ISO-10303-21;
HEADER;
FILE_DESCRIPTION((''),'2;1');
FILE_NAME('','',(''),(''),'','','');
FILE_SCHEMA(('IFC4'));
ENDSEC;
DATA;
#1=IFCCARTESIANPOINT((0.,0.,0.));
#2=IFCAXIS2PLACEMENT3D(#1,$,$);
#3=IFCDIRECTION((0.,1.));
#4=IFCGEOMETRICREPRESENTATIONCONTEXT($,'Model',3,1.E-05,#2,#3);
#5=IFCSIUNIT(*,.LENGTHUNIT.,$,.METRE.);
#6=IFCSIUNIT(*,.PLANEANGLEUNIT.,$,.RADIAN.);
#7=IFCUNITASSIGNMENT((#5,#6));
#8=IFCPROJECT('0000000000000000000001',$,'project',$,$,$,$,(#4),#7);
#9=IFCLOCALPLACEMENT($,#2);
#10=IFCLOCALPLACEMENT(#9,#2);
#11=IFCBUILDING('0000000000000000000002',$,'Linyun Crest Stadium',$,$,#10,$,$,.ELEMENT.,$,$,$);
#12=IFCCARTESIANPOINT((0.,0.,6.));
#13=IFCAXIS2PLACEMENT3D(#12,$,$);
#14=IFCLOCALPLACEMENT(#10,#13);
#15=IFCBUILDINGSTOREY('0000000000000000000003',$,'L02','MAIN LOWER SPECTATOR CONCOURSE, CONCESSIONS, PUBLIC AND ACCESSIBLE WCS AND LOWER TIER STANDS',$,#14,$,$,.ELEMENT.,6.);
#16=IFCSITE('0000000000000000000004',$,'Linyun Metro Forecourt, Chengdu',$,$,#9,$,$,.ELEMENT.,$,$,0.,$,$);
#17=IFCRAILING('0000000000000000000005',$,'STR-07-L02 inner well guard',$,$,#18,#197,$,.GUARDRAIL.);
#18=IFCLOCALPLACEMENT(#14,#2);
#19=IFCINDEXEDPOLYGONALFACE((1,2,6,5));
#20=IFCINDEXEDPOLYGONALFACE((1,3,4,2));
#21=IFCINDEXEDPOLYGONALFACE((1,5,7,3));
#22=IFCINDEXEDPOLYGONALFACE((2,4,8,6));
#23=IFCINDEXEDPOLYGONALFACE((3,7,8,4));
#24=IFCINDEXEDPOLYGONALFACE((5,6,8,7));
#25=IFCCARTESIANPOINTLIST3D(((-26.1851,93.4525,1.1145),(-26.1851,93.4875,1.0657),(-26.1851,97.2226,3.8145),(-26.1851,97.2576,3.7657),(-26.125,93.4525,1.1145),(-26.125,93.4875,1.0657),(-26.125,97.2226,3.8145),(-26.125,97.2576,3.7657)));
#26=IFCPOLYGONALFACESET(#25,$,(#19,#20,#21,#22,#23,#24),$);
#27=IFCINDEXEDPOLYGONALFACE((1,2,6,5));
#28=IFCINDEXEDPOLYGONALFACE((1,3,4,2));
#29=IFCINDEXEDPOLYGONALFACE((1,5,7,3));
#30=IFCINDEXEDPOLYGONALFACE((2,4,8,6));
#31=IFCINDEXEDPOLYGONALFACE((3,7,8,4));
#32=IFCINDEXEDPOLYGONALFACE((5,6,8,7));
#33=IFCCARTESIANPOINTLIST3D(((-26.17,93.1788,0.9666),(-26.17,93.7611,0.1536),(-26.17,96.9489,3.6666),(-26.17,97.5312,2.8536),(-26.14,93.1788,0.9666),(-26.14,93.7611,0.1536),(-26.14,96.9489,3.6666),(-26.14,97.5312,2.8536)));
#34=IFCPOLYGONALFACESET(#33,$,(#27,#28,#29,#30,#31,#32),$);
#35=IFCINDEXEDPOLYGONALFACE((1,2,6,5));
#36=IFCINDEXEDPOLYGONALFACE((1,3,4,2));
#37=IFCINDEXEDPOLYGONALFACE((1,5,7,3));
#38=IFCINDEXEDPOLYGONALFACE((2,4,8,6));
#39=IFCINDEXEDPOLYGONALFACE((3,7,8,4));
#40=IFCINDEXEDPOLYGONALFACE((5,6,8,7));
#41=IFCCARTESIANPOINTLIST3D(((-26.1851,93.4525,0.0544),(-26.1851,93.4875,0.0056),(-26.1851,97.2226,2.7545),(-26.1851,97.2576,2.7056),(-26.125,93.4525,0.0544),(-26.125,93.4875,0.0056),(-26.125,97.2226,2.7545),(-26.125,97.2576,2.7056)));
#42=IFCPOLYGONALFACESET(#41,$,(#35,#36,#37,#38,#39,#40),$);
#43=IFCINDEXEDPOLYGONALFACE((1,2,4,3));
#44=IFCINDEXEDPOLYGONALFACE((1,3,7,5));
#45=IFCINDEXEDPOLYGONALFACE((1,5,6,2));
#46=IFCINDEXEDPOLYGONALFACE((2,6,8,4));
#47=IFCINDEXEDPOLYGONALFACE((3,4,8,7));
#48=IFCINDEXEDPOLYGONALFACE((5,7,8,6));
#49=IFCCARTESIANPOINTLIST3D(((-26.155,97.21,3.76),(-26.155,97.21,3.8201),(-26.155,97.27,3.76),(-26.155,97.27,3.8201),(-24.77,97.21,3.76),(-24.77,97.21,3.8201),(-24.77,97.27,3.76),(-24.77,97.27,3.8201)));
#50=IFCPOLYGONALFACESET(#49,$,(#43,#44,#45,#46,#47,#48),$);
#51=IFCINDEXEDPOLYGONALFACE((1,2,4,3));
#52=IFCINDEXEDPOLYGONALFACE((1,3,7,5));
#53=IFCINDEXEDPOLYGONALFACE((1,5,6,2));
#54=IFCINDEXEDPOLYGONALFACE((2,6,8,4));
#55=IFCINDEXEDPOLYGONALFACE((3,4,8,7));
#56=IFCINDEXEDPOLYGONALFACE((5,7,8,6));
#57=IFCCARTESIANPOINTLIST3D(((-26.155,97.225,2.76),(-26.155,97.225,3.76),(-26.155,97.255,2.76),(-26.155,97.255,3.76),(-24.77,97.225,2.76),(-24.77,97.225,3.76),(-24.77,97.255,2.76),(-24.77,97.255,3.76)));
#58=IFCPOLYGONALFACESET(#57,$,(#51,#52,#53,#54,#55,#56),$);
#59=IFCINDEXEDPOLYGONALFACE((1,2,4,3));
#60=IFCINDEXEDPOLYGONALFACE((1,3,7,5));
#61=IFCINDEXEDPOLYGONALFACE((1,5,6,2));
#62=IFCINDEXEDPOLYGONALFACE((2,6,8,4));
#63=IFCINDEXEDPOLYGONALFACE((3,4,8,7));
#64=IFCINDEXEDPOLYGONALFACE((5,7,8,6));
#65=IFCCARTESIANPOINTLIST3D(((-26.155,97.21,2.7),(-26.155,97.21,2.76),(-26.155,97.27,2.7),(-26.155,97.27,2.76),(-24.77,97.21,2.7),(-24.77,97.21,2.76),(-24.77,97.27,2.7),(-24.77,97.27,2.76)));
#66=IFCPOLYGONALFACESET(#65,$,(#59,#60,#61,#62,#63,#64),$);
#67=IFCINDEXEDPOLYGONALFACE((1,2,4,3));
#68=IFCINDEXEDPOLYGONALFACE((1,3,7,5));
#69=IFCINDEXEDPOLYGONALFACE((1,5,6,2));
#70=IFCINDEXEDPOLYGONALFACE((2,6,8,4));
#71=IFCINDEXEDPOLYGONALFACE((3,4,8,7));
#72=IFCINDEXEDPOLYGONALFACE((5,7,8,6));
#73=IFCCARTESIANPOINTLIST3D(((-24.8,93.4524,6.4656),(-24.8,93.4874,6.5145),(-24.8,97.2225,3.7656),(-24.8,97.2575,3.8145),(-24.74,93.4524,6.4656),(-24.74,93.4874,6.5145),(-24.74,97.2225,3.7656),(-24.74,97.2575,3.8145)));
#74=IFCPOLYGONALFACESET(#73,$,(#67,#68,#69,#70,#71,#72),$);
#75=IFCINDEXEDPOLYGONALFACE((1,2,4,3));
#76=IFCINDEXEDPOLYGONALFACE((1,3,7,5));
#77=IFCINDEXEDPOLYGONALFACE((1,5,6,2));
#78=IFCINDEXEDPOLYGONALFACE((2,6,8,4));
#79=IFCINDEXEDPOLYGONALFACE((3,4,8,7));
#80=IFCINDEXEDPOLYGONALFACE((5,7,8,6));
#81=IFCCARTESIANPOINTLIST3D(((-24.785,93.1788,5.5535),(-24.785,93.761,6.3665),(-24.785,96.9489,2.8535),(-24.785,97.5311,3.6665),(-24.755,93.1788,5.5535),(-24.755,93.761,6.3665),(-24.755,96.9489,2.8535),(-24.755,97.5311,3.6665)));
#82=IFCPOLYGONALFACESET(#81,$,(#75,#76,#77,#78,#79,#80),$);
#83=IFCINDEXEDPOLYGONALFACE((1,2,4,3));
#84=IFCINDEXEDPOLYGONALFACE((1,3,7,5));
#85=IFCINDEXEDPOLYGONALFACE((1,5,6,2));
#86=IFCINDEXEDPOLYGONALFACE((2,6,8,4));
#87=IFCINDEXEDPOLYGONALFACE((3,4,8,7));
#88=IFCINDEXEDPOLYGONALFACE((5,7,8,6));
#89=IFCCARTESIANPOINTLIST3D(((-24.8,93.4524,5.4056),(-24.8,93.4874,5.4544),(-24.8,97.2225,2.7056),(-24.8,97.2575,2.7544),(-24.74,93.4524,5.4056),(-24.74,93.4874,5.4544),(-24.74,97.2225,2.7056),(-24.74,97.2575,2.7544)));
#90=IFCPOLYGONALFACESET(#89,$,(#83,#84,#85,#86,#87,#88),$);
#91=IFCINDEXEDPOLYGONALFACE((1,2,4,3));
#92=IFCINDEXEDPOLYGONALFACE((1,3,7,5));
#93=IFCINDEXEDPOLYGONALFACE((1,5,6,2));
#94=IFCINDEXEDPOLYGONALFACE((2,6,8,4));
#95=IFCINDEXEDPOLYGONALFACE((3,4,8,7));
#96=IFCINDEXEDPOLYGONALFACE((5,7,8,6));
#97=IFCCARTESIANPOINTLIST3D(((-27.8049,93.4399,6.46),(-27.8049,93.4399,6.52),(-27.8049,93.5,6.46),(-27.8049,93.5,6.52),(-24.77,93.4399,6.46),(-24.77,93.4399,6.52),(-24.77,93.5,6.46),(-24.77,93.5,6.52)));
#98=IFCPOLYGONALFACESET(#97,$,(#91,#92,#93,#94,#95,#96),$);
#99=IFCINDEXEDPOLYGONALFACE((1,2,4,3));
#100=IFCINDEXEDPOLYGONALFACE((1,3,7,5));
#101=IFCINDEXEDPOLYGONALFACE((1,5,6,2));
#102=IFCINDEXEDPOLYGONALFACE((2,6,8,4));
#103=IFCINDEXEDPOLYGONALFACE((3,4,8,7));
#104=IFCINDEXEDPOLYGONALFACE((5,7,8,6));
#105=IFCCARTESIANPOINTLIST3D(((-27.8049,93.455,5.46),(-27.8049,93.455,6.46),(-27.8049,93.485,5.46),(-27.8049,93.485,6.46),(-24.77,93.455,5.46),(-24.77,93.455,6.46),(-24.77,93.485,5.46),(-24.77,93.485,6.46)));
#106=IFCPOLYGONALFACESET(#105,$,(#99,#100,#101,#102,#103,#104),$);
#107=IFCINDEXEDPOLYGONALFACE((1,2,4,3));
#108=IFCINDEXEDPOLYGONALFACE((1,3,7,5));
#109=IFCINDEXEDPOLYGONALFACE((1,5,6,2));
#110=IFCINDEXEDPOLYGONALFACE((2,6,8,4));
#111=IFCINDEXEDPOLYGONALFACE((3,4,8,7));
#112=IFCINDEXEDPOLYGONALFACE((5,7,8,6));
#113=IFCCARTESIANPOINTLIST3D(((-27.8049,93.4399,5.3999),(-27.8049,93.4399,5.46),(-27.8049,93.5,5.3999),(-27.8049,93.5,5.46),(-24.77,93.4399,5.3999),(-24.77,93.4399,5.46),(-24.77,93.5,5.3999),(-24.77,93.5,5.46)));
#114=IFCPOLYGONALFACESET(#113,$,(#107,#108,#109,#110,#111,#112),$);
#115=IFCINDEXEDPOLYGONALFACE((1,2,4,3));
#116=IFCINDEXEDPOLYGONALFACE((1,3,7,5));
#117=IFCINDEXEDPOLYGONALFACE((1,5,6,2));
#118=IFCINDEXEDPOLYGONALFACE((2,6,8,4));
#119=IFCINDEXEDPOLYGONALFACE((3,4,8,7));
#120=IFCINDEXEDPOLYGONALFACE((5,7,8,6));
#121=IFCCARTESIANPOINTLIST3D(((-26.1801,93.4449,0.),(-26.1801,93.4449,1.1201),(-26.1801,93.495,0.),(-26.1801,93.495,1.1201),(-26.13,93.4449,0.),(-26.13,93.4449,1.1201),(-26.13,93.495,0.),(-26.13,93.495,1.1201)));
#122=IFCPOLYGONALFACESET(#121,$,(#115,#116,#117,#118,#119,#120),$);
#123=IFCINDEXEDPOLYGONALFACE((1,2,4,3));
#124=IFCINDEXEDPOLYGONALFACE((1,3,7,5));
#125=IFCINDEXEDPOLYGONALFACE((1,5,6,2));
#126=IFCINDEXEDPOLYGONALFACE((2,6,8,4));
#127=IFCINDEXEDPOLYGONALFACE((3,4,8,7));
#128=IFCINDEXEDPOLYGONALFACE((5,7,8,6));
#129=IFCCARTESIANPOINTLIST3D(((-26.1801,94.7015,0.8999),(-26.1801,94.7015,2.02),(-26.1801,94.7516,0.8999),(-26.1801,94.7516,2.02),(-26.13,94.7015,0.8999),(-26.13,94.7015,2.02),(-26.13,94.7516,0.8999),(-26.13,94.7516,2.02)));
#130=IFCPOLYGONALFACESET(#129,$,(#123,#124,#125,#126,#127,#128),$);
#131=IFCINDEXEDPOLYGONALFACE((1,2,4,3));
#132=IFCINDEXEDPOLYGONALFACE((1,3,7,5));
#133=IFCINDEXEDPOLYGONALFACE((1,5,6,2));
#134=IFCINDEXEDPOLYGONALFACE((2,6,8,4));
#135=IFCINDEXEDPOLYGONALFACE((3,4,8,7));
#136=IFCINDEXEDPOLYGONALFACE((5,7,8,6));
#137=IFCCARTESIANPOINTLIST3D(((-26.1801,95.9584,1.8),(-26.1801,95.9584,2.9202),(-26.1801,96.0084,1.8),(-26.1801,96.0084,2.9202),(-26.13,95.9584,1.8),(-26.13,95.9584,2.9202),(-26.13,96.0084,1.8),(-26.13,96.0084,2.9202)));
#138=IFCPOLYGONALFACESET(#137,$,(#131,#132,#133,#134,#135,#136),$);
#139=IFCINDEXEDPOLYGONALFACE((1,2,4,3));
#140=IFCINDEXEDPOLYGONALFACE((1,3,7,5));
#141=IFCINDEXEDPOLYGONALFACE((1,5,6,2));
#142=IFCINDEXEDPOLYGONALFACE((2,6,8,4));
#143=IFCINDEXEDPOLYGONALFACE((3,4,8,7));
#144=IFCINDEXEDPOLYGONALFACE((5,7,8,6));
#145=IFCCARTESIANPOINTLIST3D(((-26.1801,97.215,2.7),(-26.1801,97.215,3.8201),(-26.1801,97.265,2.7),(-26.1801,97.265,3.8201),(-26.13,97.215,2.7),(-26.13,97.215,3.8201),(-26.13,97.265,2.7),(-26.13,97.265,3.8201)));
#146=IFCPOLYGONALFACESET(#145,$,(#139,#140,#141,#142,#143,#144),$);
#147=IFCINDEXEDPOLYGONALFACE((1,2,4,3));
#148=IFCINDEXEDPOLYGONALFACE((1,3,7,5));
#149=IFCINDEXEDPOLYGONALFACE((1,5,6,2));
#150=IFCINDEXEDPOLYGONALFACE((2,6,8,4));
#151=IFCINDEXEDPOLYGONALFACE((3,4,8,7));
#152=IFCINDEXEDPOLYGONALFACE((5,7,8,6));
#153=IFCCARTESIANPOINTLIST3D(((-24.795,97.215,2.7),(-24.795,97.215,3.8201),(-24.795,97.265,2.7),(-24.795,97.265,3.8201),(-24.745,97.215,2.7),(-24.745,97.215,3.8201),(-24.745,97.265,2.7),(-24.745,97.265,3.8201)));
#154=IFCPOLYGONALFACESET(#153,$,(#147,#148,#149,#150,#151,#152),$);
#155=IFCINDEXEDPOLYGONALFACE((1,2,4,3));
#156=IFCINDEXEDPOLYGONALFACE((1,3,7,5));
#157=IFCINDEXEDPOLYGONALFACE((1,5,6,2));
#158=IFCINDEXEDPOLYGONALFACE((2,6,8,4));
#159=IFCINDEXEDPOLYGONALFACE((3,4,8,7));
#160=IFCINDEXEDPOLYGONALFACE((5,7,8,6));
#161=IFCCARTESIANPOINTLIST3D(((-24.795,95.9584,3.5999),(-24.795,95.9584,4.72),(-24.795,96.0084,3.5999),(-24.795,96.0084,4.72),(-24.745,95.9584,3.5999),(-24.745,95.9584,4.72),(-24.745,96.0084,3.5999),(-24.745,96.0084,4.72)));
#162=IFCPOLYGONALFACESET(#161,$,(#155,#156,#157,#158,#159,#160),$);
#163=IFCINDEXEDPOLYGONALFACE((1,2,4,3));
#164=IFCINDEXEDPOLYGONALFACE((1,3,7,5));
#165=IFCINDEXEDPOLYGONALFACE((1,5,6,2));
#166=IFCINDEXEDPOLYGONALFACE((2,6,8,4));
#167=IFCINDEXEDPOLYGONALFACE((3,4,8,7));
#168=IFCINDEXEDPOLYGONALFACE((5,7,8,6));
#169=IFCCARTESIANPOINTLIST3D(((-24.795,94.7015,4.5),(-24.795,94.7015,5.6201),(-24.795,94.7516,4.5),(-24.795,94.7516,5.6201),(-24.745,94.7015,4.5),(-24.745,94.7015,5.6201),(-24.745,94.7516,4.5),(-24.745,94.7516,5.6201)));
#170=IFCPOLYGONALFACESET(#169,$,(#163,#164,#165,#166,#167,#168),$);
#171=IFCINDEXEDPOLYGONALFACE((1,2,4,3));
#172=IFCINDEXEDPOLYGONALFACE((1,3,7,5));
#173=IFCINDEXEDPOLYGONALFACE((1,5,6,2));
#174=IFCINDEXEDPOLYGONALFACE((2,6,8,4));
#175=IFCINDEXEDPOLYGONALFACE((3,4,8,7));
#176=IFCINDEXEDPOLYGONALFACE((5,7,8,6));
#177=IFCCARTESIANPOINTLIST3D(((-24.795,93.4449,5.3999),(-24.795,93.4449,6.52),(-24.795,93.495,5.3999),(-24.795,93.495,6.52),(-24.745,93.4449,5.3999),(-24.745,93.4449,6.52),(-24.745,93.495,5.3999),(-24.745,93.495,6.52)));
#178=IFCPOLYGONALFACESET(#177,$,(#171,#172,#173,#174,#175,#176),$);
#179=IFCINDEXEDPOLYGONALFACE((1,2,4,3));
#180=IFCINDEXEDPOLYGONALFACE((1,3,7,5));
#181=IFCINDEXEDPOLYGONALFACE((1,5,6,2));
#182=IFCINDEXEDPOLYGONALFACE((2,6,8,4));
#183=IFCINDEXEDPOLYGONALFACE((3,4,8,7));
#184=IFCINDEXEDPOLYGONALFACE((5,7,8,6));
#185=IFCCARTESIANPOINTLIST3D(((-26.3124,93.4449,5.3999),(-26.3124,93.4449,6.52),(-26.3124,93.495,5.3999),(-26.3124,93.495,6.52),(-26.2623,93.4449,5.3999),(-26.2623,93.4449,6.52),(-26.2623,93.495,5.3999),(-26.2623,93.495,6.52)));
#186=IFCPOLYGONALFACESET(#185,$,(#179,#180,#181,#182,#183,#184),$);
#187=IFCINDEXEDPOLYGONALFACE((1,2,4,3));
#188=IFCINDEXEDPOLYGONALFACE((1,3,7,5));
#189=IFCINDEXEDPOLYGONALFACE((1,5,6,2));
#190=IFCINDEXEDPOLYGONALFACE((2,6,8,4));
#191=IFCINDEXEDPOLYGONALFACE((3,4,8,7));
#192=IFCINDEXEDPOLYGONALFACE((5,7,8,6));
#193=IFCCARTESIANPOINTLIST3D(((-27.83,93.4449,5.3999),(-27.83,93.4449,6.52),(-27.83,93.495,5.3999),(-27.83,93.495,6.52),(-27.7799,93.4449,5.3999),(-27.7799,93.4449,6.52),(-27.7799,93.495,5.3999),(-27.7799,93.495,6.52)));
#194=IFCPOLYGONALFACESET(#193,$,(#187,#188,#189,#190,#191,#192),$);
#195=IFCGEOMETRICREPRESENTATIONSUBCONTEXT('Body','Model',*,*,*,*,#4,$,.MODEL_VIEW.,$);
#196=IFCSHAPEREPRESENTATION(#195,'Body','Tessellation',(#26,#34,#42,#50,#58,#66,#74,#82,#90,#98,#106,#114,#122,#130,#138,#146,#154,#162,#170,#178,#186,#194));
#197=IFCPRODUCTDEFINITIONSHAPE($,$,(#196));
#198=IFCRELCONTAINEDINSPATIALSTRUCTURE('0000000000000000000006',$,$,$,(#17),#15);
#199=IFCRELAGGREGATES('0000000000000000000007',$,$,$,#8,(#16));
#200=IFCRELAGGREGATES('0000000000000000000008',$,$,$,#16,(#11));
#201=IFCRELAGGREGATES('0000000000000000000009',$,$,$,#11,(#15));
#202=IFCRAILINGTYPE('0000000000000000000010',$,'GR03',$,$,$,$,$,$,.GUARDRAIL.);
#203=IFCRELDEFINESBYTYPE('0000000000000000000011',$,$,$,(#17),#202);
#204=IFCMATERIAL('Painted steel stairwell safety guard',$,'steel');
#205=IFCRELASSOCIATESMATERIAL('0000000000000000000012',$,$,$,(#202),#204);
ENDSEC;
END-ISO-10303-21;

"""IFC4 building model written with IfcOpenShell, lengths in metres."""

from ifc_helpers import new_model, si_unit, direction, frame, origin, origin_2d, place, context, subcontext, project, spatial, rectangle, extrude, material, type_object, element, save


model = new_model("IFC4")

# Units and contexts
model_context = context("Model", 3, precision=1e-05, world=origin(), true_north=direction((0.0, 1.0)))
body_context = subcontext(model_context, "Body", "Model", "MODEL_VIEW")
ifc_project = project(units=[si_unit("LENGTHUNIT", "METRE"), si_unit("PLANEANGLEUNIT", "RADIAN")], contexts=[model_context])

# Site, building, storey
site_placement = place(None, origin())
site = spatial("IfcSite", under=ifc_project, at=site_placement, Name="Linyun Metro Forecourt, Chengdu", CompositionType="ELEMENT", RefElevation=0.0)
building_placement = place(site_placement, origin())
building = spatial("IfcBuilding", under=site, at=building_placement, Name="Linyun Crest Stadium", CompositionType="ELEMENT")
storey_placement = place(building_placement, frame((0.0, 0.0, 6.0)))
storey = spatial("IfcBuildingStorey", under=building, at=storey_placement, Name="L02", Description="MAIN LOWER SPECTATOR CONCOURSE, CONCESSIONS, PUBLIC AND ACCESSIBLE WCS AND LOWER TIER STANDS", CompositionType="ELEMENT", Elevation=6.0)

# Railing
ifc_material_1 = material(Name="Painted steel stairwell safety guard", Category="steel")
railing_type_1 = type_object("IfcRailingType", Name="GR03", PredefinedType="GUARDRAIL", material=ifc_material_1)
railing_1_placement = place(storey_placement, frame((-26.155, 93.47, 0.0)))
element("IfcRailing", 1, at=railing_1_placement, inside=storey, type_object=railing_type_1, Name="STR-07-L02 inner well guard", PredefinedType="GUARDRAIL", context=body_context, shape_type="SweptSolid", body=[
    extrude(rectangle(XDim=0.0601, YDim=0.0601, at=origin_2d()), frame((0.0, 0.0, 1.0901), z_axis=(0.0, 0.813011, 0.582249), x_axis=(-1.0, 0.0, 0.0)), (0.0, 0.0, 1.0), 4.6372),
    extrude(rectangle(XDim=0.03, YDim=1.0, at=origin_2d()), frame((0.0, 0.0, 0.5601), z_axis=(0.0, 0.813011, 0.582249), x_axis=(-1.0, 0.0, 0.0)), (0.0, 0.0, 1.0), 4.6372),
    extrude(rectangle(XDim=0.0601, YDim=0.0601, at=origin_2d()), frame((0.0, 0.0, 0.03), z_axis=(0.0, 0.813011, 0.582249), x_axis=(-1.0, 0.0, 0.0)), (0.0, 0.0, 1.0), 4.6372),
    extrude(rectangle(XDim=0.0601, YDim=0.0601, at=origin_2d()), frame((0.0, 3.77, 3.79), z_axis=(1.0, 0.0, 0.0), x_axis=(0.0, 1.0, 0.0)), (0.0, 0.0, 1.0), 1.385),
    extrude(rectangle(XDim=0.03, YDim=1.0, at=origin_2d()), frame((0.0, 3.77, 3.26), z_axis=(1.0, 0.0, 0.0), x_axis=(0.0, 1.0, 0.0)), (0.0, 0.0, 1.0), 1.385),
    extrude(rectangle(XDim=0.0601, YDim=0.0601, at=origin_2d()), frame((0.0, 3.77, 2.73), z_axis=(1.0, 0.0, 0.0), x_axis=(0.0, 1.0, 0.0)), (0.0, 0.0, 1.0), 1.385),
    extrude(rectangle(XDim=0.0601, YDim=0.0601, at=origin_2d()), frame((1.385, 3.77, 3.79), z_axis=(0.0, -0.813011, 0.582249), x_axis=(1.0, 0.0, 0.0)), (0.0, 0.0, 1.0), 4.6372),
    extrude(rectangle(XDim=0.03, YDim=1.0, at=origin_2d()), frame((1.385, 3.77, 3.26), z_axis=(0.0, -0.813011, 0.582249), x_axis=(1.0, 0.0, 0.0)), (0.0, 0.0, 1.0), 4.6372),
    extrude(rectangle(XDim=0.0601, YDim=0.0601, at=origin_2d()), frame((1.385, 3.77, 2.73), z_axis=(0.0, -0.813011, 0.582249), x_axis=(1.0, 0.0, 0.0)), (0.0, 0.0, 1.0), 4.6372),
    extrude(rectangle(XDim=0.0601, YDim=0.0601, at=origin_2d()), frame((1.385, 0.0, 6.49), z_axis=(-1.0, 0.0, 0.0), x_axis=(0.0, -1.0, 0.0)), (0.0, 0.0, 1.0), 3.0349),
    extrude(rectangle(XDim=0.03, YDim=1.0, at=origin_2d()), frame((1.385, 0.0, 5.96), z_axis=(-1.0, 0.0, 0.0), x_axis=(0.0, -1.0, 0.0)), (0.0, 0.0, 1.0), 3.0349),
    extrude(rectangle(XDim=0.0601, YDim=0.0601, at=origin_2d()), frame((1.385, 0.0, 5.4299), z_axis=(-1.0, 0.0, 0.0), x_axis=(0.0, -1.0, 0.0)), (0.0, 0.0, 1.0), 3.0349),
    extrude(rectangle(XDim=0.05, YDim=0.05, at=origin_2d()), origin(), (0.0, 0.0, 1.0), 1.1201),
    extrude(rectangle(XDim=0.05, YDim=0.05, at=origin_2d()), frame((0.0, 1.2566, 0.8999)), (0.0, 0.0, 1.0), 1.1201),
    extrude(rectangle(XDim=0.05, YDim=0.05, at=origin_2d()), frame((0.0, 2.5134, 1.8)), (0.0, 0.0, 1.0), 1.1201),
    extrude(rectangle(XDim=0.05, YDim=0.05, at=origin_2d()), frame((0.0, 3.77, 2.7)), (0.0, 0.0, 1.0), 1.1201),
    extrude(rectangle(XDim=0.05, YDim=0.05, at=origin_2d()), frame((1.385, 3.77, 2.7)), (0.0, 0.0, 1.0), 1.1201),
    extrude(rectangle(XDim=0.05, YDim=0.05, at=origin_2d()), frame((1.385, 2.5134, 3.5999)), (0.0, 0.0, 1.0), 1.1201),
    extrude(rectangle(XDim=0.05, YDim=0.05, at=origin_2d()), frame((1.385, 1.2566, 4.5)), (0.0, 0.0, 1.0), 1.1201),
    extrude(rectangle(XDim=0.05, YDim=0.05, at=origin_2d()), frame((1.385, 0.0, 5.3999)), (0.0, 0.0, 1.0), 1.1201),
    extrude(rectangle(XDim=0.05, YDim=0.05, at=origin_2d()), frame((-0.1323, 0.0, 5.3999)), (0.0, 0.0, 1.0), 1.1201),
    extrude(rectangle(XDim=0.05, YDim=0.05, at=origin_2d()), frame((-1.6499, 0.0, 5.3999)), (0.0, 0.0, 1.0), 1.1201),
])

save(model, "model.ifc")
